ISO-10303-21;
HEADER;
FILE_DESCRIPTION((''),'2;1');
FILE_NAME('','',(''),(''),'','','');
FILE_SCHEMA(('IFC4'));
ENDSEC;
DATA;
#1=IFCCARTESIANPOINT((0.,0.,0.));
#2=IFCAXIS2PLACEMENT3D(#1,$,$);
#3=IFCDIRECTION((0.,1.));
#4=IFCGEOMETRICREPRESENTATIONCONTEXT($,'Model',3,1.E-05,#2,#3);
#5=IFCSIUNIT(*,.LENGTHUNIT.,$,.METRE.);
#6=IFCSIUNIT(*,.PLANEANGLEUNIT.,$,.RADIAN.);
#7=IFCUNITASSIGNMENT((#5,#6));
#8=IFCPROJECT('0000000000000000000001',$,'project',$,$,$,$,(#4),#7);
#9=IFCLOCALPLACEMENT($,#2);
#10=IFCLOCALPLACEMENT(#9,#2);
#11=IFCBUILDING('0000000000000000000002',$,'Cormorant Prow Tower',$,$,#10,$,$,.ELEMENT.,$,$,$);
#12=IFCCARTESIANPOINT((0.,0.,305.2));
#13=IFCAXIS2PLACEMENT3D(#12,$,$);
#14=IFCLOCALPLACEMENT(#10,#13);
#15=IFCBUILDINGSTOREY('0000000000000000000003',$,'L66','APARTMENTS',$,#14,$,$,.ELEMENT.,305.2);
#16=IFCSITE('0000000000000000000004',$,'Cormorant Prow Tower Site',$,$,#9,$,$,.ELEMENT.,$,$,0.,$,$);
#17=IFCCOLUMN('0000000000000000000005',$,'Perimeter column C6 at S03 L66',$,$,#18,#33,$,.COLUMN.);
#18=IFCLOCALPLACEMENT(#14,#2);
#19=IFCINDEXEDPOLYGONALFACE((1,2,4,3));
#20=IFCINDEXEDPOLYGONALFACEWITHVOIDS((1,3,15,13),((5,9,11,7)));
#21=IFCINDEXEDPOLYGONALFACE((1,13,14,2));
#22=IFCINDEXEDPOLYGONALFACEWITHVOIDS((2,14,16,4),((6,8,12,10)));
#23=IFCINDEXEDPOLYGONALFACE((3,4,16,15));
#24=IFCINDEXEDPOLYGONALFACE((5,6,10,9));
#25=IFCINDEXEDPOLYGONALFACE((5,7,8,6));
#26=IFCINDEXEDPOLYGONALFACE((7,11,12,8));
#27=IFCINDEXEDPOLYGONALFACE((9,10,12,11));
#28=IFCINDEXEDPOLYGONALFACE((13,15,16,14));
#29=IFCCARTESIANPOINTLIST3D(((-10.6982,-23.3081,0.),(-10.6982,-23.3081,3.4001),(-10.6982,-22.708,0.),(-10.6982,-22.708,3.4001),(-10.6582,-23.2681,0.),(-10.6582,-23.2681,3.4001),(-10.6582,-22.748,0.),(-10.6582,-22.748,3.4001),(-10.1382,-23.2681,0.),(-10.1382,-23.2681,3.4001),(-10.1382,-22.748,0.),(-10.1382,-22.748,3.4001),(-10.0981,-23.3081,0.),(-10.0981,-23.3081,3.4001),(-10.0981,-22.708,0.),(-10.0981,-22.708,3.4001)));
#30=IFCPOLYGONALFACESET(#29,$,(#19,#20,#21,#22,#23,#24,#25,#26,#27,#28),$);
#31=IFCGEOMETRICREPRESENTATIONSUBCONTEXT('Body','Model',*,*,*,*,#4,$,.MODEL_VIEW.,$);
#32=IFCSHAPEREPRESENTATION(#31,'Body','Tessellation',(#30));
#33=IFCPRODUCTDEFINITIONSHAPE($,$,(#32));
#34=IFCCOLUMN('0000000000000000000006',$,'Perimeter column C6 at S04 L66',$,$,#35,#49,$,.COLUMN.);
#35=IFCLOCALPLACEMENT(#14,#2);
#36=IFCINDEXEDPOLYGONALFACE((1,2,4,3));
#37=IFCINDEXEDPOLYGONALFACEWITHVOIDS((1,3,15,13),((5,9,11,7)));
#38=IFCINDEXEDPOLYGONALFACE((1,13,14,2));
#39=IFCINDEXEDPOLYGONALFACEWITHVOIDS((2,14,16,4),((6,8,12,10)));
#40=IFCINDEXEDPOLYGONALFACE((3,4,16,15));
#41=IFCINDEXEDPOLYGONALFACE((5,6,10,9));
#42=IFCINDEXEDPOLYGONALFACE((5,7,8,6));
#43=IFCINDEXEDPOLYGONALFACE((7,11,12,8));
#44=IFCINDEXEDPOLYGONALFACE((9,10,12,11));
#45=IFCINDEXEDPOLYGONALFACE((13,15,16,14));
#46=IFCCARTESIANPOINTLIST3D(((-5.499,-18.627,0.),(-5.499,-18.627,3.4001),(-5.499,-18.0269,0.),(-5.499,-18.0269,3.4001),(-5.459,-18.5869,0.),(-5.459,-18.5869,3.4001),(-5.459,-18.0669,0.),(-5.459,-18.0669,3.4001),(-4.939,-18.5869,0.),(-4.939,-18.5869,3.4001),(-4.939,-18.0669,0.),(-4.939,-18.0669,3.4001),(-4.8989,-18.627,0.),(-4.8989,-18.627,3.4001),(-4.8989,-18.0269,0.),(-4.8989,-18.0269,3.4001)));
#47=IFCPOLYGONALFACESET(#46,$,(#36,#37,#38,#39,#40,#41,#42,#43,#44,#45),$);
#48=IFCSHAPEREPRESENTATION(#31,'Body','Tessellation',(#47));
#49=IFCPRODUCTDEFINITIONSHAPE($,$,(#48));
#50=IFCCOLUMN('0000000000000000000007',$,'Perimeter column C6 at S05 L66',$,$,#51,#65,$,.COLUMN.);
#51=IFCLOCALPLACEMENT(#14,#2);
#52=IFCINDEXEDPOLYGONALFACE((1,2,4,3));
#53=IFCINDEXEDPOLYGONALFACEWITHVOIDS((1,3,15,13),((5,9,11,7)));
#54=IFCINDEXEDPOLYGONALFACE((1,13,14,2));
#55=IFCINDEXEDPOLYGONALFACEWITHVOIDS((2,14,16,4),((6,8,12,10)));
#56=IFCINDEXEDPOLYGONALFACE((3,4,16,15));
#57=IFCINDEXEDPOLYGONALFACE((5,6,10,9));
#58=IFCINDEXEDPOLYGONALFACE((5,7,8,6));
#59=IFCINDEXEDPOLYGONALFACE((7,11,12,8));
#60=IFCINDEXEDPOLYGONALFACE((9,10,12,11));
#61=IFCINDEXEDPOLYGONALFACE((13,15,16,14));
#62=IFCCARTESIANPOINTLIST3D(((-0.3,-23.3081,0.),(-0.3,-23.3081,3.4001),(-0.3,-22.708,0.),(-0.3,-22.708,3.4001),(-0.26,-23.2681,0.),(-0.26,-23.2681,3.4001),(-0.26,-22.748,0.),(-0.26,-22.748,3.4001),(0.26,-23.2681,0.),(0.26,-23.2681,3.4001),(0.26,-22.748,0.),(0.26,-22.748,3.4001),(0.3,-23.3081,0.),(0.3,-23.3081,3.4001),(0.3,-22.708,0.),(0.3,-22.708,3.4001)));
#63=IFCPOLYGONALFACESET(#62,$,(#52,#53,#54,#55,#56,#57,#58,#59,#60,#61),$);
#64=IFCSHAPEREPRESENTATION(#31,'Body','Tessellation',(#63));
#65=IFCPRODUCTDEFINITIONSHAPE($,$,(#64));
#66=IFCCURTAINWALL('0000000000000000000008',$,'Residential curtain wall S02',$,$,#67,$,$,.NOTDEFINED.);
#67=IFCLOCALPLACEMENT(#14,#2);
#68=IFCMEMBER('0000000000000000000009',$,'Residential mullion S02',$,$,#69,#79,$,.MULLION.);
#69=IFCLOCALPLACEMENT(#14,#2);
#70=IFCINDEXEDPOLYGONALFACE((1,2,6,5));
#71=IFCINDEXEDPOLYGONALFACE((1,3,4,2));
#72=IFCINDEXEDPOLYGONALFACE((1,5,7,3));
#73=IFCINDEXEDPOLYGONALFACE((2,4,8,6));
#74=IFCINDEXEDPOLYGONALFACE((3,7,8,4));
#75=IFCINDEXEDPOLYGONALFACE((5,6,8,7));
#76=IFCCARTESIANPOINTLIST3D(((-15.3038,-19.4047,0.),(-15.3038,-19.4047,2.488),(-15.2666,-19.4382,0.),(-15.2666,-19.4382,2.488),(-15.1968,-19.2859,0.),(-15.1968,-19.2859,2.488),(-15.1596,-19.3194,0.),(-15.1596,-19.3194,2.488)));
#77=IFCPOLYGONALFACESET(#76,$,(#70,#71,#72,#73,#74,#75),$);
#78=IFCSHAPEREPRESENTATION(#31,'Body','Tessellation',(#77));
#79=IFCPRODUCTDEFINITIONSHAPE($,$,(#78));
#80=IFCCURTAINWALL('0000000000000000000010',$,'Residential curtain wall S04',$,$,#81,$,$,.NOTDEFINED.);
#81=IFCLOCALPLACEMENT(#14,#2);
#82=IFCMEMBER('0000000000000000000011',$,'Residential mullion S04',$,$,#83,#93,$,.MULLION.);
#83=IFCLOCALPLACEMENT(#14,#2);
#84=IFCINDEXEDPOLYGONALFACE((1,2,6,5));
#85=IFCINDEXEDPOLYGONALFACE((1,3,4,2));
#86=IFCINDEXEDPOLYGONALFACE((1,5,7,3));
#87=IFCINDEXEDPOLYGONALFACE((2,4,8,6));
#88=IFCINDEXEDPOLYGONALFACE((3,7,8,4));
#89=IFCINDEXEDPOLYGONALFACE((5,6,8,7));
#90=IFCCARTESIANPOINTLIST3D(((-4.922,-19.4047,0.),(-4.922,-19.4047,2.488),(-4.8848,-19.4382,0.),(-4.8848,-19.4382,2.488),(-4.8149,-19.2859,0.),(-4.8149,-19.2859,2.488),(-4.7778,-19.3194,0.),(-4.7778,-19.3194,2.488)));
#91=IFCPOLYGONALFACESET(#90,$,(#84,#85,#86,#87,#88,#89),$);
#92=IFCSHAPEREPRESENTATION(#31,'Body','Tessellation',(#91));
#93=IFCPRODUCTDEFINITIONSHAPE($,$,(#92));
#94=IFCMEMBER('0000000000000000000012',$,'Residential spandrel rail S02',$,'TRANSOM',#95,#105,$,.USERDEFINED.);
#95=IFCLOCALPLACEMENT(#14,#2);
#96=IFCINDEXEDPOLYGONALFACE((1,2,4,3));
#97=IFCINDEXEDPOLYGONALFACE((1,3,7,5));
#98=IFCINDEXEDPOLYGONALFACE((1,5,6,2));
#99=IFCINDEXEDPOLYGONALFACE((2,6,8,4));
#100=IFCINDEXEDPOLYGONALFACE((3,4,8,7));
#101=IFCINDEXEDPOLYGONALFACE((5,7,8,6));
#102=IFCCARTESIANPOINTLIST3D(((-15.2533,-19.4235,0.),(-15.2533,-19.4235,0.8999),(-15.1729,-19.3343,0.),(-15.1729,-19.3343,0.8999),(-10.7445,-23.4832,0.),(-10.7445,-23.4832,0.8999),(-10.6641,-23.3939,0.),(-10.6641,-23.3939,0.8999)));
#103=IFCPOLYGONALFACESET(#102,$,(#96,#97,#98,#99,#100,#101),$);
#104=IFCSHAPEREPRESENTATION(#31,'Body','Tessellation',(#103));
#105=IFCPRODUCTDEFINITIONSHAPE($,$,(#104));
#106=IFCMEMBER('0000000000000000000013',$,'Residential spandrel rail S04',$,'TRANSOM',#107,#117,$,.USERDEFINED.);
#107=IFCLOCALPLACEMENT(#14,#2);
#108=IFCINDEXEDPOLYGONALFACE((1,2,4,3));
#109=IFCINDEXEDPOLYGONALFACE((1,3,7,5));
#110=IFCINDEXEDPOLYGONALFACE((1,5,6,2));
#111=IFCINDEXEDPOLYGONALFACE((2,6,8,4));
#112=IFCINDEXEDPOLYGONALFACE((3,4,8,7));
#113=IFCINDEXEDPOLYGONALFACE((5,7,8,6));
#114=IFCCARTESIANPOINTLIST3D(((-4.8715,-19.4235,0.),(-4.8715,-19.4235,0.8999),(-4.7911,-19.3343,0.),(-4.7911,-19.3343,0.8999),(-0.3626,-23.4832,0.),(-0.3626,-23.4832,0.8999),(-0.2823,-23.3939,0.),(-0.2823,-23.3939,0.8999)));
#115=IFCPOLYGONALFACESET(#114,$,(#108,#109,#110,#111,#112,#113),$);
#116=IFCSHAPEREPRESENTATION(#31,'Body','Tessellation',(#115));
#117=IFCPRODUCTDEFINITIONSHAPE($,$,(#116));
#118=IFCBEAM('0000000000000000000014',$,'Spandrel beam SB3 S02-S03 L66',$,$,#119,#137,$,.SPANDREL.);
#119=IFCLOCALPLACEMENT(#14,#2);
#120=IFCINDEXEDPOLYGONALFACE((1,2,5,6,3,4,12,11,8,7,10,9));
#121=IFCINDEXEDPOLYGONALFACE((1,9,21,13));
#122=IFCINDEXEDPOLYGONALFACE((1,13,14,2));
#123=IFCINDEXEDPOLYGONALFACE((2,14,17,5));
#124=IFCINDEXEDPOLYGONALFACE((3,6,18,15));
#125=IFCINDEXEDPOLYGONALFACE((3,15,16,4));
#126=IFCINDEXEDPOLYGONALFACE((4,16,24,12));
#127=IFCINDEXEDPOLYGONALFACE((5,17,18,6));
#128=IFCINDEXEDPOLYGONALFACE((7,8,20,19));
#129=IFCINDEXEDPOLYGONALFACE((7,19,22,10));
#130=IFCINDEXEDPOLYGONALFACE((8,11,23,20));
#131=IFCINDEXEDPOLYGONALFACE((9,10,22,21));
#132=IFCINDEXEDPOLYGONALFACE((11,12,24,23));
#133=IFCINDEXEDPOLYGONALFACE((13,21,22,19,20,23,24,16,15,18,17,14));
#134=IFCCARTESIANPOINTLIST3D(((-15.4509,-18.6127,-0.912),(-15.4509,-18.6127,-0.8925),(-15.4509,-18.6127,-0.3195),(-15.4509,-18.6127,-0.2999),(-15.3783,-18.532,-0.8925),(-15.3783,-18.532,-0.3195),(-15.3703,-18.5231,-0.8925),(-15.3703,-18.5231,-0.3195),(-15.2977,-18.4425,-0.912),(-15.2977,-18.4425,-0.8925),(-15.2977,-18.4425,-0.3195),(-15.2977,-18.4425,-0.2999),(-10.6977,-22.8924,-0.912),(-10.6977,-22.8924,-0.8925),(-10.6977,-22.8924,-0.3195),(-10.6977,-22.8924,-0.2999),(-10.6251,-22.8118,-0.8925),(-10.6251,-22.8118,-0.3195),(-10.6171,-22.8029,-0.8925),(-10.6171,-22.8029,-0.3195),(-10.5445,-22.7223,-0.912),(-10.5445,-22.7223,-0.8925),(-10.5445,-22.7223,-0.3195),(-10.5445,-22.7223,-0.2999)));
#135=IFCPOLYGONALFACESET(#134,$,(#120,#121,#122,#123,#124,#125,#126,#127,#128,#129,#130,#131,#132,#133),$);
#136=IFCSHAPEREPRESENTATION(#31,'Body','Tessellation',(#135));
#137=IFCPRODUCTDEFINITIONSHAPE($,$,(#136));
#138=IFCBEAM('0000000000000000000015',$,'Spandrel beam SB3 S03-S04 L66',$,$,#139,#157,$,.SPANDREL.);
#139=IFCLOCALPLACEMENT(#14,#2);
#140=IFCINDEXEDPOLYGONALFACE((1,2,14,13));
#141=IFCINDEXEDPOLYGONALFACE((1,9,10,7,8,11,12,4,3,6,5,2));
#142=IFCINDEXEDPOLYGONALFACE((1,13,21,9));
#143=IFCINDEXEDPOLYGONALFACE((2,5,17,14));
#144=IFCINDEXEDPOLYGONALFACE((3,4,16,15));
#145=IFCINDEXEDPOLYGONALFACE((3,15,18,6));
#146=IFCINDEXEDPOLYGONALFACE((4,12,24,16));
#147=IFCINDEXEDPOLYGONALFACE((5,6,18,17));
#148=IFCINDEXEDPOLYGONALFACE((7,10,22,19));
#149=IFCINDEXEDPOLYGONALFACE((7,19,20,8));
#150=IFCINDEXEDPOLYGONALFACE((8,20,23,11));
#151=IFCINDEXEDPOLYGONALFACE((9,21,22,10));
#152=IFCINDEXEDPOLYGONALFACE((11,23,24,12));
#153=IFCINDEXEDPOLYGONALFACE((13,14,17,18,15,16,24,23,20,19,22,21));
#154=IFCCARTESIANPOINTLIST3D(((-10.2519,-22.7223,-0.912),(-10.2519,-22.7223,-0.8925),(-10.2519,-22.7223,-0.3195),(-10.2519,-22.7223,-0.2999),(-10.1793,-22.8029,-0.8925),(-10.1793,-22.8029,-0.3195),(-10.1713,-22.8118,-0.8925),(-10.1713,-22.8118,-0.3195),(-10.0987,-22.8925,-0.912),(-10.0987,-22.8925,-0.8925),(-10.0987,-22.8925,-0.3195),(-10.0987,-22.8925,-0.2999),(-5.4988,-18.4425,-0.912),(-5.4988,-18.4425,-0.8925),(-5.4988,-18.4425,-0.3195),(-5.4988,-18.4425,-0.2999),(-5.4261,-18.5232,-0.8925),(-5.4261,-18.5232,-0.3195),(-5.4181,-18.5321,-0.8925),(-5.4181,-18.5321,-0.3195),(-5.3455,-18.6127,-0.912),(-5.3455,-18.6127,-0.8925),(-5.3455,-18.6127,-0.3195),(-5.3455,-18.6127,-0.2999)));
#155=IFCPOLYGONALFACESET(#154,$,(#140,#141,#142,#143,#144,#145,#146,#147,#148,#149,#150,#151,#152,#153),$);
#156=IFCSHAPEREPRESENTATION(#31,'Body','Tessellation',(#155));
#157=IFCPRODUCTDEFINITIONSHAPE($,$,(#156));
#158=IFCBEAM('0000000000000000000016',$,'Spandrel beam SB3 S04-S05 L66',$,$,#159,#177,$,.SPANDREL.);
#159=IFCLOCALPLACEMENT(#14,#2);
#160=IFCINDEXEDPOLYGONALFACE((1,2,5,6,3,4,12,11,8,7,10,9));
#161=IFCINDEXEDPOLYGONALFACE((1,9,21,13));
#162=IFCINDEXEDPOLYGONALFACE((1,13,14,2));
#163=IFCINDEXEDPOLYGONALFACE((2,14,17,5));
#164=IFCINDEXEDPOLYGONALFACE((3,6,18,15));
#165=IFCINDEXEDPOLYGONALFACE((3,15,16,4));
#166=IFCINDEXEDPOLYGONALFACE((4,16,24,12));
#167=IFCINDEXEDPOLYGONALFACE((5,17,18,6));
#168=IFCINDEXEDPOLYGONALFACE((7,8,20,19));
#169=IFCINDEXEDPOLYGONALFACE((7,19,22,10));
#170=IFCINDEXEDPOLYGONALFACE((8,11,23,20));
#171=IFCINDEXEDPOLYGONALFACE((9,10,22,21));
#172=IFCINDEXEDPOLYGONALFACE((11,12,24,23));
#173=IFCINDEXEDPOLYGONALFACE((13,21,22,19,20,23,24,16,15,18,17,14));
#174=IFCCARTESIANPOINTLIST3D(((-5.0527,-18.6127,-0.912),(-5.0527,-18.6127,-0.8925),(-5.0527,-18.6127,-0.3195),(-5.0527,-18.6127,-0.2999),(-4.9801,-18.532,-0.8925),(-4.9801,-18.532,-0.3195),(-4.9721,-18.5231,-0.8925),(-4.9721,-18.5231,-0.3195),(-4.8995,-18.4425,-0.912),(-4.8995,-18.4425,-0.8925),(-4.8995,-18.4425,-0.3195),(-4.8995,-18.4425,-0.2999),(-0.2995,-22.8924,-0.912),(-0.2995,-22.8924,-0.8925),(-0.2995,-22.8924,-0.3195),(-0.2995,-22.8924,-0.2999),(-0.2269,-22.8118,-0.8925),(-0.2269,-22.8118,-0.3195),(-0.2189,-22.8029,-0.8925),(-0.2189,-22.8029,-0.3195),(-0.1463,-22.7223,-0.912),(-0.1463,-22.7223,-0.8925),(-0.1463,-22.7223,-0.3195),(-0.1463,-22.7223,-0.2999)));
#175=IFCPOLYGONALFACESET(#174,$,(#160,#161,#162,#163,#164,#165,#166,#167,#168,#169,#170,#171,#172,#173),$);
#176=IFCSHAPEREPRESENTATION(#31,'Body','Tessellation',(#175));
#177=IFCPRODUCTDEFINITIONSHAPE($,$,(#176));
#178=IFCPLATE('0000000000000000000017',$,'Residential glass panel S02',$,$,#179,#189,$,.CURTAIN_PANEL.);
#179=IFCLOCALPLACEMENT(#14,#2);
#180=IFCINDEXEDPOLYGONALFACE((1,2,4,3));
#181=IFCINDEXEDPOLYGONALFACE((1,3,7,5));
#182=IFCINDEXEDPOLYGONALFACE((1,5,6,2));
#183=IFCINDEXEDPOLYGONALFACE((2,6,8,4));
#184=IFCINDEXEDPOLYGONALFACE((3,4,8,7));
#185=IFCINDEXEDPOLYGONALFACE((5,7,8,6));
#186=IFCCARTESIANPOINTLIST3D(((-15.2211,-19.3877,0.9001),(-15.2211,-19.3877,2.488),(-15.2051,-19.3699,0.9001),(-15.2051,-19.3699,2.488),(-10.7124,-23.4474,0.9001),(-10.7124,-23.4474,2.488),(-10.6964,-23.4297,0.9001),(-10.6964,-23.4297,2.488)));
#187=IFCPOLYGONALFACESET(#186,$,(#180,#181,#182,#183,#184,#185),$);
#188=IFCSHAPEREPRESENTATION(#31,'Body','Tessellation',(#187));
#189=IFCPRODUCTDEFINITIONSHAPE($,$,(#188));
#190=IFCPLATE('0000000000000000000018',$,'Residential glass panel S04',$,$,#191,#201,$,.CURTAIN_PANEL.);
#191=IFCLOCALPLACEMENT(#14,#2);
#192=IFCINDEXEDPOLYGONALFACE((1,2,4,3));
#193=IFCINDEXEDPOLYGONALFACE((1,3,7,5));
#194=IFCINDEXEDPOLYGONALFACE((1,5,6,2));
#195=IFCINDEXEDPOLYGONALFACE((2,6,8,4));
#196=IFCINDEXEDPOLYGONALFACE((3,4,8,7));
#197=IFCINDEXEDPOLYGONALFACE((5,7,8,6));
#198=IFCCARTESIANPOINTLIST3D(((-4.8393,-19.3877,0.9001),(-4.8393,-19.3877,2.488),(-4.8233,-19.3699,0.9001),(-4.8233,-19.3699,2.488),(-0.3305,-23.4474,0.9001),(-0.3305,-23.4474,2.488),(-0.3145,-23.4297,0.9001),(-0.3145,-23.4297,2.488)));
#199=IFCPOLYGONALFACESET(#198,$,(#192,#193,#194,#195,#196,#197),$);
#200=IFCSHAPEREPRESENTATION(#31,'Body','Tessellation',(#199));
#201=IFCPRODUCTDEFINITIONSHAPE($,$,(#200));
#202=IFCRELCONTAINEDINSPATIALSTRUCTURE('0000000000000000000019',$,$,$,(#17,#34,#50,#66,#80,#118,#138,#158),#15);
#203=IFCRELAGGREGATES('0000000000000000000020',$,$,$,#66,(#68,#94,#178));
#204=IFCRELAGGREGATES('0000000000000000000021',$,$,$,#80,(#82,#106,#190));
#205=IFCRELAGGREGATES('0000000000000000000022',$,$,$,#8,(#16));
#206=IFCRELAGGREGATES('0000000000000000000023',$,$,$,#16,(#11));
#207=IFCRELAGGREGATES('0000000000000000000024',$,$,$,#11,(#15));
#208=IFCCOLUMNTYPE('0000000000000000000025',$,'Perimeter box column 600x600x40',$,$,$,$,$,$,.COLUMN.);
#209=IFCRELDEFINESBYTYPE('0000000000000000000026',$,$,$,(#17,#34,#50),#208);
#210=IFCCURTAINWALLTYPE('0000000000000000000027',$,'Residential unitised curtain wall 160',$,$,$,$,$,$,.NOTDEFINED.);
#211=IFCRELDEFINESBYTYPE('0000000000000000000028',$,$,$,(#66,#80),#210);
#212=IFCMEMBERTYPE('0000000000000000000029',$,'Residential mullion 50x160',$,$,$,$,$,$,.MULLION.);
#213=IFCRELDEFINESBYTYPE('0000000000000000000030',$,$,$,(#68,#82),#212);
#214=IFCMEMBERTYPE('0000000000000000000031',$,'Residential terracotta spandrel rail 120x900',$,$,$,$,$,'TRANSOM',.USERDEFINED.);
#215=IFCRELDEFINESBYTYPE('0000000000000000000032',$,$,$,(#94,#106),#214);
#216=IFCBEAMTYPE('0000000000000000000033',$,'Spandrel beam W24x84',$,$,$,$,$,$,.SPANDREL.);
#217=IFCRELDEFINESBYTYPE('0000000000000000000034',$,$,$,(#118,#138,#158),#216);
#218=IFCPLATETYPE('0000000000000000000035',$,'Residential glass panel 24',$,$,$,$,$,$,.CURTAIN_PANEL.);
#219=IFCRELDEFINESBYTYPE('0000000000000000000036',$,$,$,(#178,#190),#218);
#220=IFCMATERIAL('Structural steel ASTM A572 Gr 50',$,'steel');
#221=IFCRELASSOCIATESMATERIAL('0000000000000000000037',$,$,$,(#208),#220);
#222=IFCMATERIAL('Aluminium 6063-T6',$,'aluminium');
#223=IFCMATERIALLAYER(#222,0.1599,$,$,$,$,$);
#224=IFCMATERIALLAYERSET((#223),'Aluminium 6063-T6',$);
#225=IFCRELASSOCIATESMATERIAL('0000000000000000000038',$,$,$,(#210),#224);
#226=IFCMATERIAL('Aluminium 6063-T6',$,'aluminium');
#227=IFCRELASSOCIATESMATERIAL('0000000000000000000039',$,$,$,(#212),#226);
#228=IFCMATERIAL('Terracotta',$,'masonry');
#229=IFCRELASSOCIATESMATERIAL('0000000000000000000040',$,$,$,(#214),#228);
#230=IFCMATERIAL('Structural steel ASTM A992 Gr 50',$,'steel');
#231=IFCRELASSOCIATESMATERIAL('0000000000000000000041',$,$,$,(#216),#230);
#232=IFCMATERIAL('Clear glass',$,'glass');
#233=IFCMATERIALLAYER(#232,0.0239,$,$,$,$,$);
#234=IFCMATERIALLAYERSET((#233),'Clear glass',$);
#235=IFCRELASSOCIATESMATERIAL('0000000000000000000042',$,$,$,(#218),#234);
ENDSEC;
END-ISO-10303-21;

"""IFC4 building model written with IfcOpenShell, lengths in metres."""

from ifc_helpers import new_model, si_unit, direction, frame, origin, origin_2d, place, context, subcontext, project, spatial, rectangle, hollow_rectangle, i_section, extrude, material, layer, layer_set, material_profile, profile_set, type_object, element, aggregate, save


model = new_model("IFC4")

# Units and contexts
model_context = context("Model", 3, precision=1e-05, world=origin(), true_north=direction((0.0, 1.0)))
body_context = subcontext(model_context, "Body", "Model", "MODEL_VIEW")
ifc_project = project(units=[si_unit("LENGTHUNIT", "METRE"), si_unit("PLANEANGLEUNIT", "RADIAN")], contexts=[model_context])

# Site, building, storey
site_placement = place(None, origin())
site = spatial("IfcSite", under=ifc_project, at=site_placement, Name="Cormorant Prow Tower Site", CompositionType="ELEMENT", RefElevation=0.0)
building_placement = place(site_placement, origin())
building = spatial("IfcBuilding", under=site, at=building_placement, Name="Cormorant Prow Tower", CompositionType="ELEMENT")
storey_placement = place(building_placement, frame((0.0, 0.0, 305.2)))
storey = spatial("IfcBuildingStorey", under=building, at=storey_placement, Name="L66", Description="APARTMENTS", CompositionType="ELEMENT", Elevation=305.2)

# Columns
ifc_material_1 = material(Name="Structural steel ASTM A572 Gr 50", Category="steel")
ifc_material_profile_1 = material_profile(ifc_material_1, hollow_rectangle(XDim=0.6001, YDim=0.6001, WallThickness=0.04, at=origin_2d()), Name="Box 600x600x40")
ifc_profile_set_1 = profile_set([ifc_material_profile_1], Name="Structural steel ASTM A572 Gr 50")
column_type = type_object("IfcColumnType", Name="Perimeter box column 600x600x40", PredefinedType="COLUMN", material=ifc_profile_set_1)
for number, where, z_axis, x_axis, name in (
    (1, (-10.3982, -23.0081, 0.0), (0.0, 0.0, 1.0), (1.0, 0.0, 0.0), "Perimeter column C6 at S03 L66"),
    (2, (-5.199, -18.3269, 0.0), (0.0, 0.0, 1.0), (1.0, 0.0, 0.0), "Perimeter column C6 at S04 L66"),
    (3, (0.0, -23.0081, 0.0), (0.0, 0.0, 1.0), (1.0, 0.0, 0.0), "Perimeter column C6 at S05 L66"),
):
    element("IfcColumn", number, at=place(storey_placement, frame(where, z_axis=z_axis, x_axis=x_axis)), inside=storey, type_object=column_type, Name=name, PredefinedType="COLUMN", context=body_context, shape_type="SweptSolid", body=[
        extrude(hollow_rectangle(XDim=0.6001, YDim=0.6001, WallThickness=0.04, at=origin_2d()), origin(), (0.0, 0.0, 1.0), 3.4001),
    ])

# Curtain walls, members
ifc_material_2 = material(Name="Aluminium 6063-T6", Category="aluminium")
ifc_layer_1 = layer(ifc_material_2, 0.1599)
ifc_layer_set_1 = layer_set([ifc_layer_1], Name="Aluminium 6063-T6")
curtain_wall_type = type_object("IfcCurtainWallType", Name="Residential unitised curtain wall 160", PredefinedType="NOTDEFINED", material=ifc_layer_set_1)
curtain_wall_1_placement = place(storey_placement, origin())
curtain_wall_1 = element("IfcCurtainWall", 4, at=curtain_wall_1_placement, inside=storey, type_object=curtain_wall_type, Name="Residential curtain wall S02", PredefinedType="NOTDEFINED")
ifc_material_3 = material(Name="Aluminium 6063-T6", Category="aluminium")
ifc_material_profile_2 = material_profile(ifc_material_3, rectangle(XDim=0.1599, YDim=0.05, at=origin_2d()), Name="Residential mullion 50x160")
ifc_profile_set_2 = profile_set([ifc_material_profile_2], Name="Aluminium 6063-T6")
member_type_1 = type_object("IfcMemberType", Name="Residential mullion 50x160", PredefinedType="MULLION", material=ifc_profile_set_2)
member_1_placement = place(storey_placement, frame((-15.2317, -19.3621, 0.0), z_axis=(0.0, 0.0, 1.0), x_axis=(0.669131, 0.743145, 0.0)))
member_1 = element("IfcMember", 5, at=member_1_placement, type_object=member_type_1, Name="Residential mullion S02", PredefinedType="MULLION", context=body_context, shape_type="SweptSolid", body=[
    extrude(rectangle(XDim=0.1599, YDim=0.05, at=origin_2d()), origin(), (0.0, 0.0, 1.0), 2.488),
])
curtain_wall_2_placement = place(storey_placement, origin())
curtain_wall_2 = element("IfcCurtainWall", 6, at=curtain_wall_2_placement, inside=storey, type_object=curtain_wall_type, Name="Residential curtain wall S04", PredefinedType="NOTDEFINED")
member_2_placement = place(storey_placement, frame((-4.8499, -19.3621, 0.0), z_axis=(0.0, 0.0, 1.0), x_axis=(0.669131, 0.743145, 0.0)))
member_2 = element("IfcMember", 7, at=member_2_placement, type_object=member_type_1, Name="Residential mullion S04", PredefinedType="MULLION", context=body_context, shape_type="SweptSolid", body=[
    extrude(rectangle(XDim=0.1599, YDim=0.05, at=origin_2d()), origin(), (0.0, 0.0, 1.0), 2.488),
])

# Members
ifc_material_4 = material(Name="Terracotta", Category="masonry")
ifc_material_profile_3 = material_profile(ifc_material_4, rectangle(XDim=0.1201, YDim=0.8999, at=origin_2d()), Name="Residential terracotta spandrel rail 120x900")
ifc_profile_set_3 = profile_set([ifc_material_profile_3], Name="Terracotta")
member_type_2 = type_object("IfcMemberType", Name="Residential terracotta spandrel rail 120x900", ElementType="TRANSOM", PredefinedType="USERDEFINED", material=ifc_profile_set_3)
member_3_placement = place(storey_placement, frame((-15.2131, -19.3789, 0.45), z_axis=(0.743158, -0.669116, 0.0), x_axis=(0.669116, 0.743158, 0.0)))
member_3 = element("IfcMember", 8, at=member_3_placement, type_object=member_type_2, Name="Residential spandrel rail S02", ObjectType="TRANSOM", PredefinedType="USERDEFINED", context=body_context, shape_type="SweptSolid", body=[
    extrude(rectangle(XDim=0.1201, YDim=0.8999, at=origin_2d()), origin(), (0.0, 0.0, 1.0), 6.0671),
])
member_4_placement = place(storey_placement, frame((-4.8313, -19.3789, 0.45), z_axis=(0.743158, -0.669116, 0.0), x_axis=(0.669116, 0.743158, 0.0)))
member_4 = element("IfcMember", 9, at=member_4_placement, type_object=member_type_2, Name="Residential spandrel rail S04", ObjectType="TRANSOM", PredefinedType="USERDEFINED", context=body_context, shape_type="SweptSolid", body=[
    extrude(rectangle(XDim=0.1201, YDim=0.8999, at=origin_2d()), origin(), (0.0, 0.0, 1.0), 6.0671),
])

# Beams
ifc_material_5 = material(Name="Structural steel ASTM A992 Gr 50", Category="steel")
ifc_material_profile_4 = material_profile(ifc_material_5, i_section(OverallWidth=0.229, OverallDepth=0.6121, WebThickness=0.012, FlangeThickness=0.0195, at=origin_2d()), Name="W24x84")
ifc_profile_set_4 = profile_set([ifc_material_profile_4], Name="Structural steel ASTM A992 Gr 50")
beam_type = type_object("IfcBeamType", Name="Spandrel beam W24x84", PredefinedType="SPANDREL", material=ifc_profile_set_4)
for number, where, z_axis, x_axis, name in (
    (10, (-15.3743, -18.5276, -0.606), (0.743144, -0.669131, 0.0), (0.669131, 0.743144, 0.0), "Spandrel beam SB3 S02-S03 L66"),
    (11, (-10.1753, -22.8074, -0.606), (0.743144, 0.669131, 0.0), (-0.669131, 0.743144, 0.0), "Spandrel beam SB3 S03-S04 L66"),
    (12, (-4.9761, -18.5276, -0.606), (0.743144, -0.669131, 0.0), (0.669131, 0.743144, 0.0), "Spandrel beam SB3 S04-S05 L66"),
):
    element("IfcBeam", number, at=place(storey_placement, frame(where, z_axis=z_axis, x_axis=x_axis)), inside=storey, type_object=beam_type, Name=name, PredefinedType="SPANDREL", context=body_context, shape_type="SweptSolid", body=[
        extrude(i_section(OverallWidth=0.229, OverallDepth=0.6121, WebThickness=0.012, FlangeThickness=0.0195, at=origin_2d()), origin(), (0.0, 0.0, 1.0), 6.396),
    ])

# Plates
ifc_material_6 = material(Name="Clear glass", Category="glass")
ifc_layer_2 = layer(ifc_material_6, 0.0239)
ifc_layer_set_2 = layer_set([ifc_layer_2], Name="Clear glass")
plate_type = type_object("IfcPlateType", Name="Residential glass panel 24", PredefinedType="CURTAIN_PANEL", material=ifc_layer_set_2)
plate_1_placement = place(storey_placement, frame((-12.9587, -21.4087, 0.9001), z_axis=(0.0, 0.0, 1.0), x_axis=(0.743145, -0.669131, 0.0)))
plate_1 = element("IfcPlate", 13, at=plate_1_placement, type_object=plate_type, Name="Residential glass panel S02", PredefinedType="CURTAIN_PANEL", context=body_context, shape_type="SweptSolid", body=[
    extrude(rectangle(XDim=6.0671, YDim=0.0239, at=origin_2d()), origin(), (0.0, 0.0, 1.0), 1.5879),
])
aggregate(curtain_wall_1, [member_1, member_3, plate_1])
plate_2_placement = place(storey_placement, frame((-2.5769, -21.4087, 0.9001), z_axis=(0.0, 0.0, 1.0), x_axis=(0.743145, -0.669131, 0.0)))
plate_2 = element("IfcPlate", 14, at=plate_2_placement, type_object=plate_type, Name="Residential glass panel S04", PredefinedType="CURTAIN_PANEL", context=body_context, shape_type="SweptSolid", body=[
    extrude(rectangle(XDim=6.0671, YDim=0.0239, at=origin_2d()), origin(), (0.0, 0.0, 1.0), 1.5879),
])
aggregate(curtain_wall_2, [member_2, member_4, plate_2])

save(model, "model.ifc")
